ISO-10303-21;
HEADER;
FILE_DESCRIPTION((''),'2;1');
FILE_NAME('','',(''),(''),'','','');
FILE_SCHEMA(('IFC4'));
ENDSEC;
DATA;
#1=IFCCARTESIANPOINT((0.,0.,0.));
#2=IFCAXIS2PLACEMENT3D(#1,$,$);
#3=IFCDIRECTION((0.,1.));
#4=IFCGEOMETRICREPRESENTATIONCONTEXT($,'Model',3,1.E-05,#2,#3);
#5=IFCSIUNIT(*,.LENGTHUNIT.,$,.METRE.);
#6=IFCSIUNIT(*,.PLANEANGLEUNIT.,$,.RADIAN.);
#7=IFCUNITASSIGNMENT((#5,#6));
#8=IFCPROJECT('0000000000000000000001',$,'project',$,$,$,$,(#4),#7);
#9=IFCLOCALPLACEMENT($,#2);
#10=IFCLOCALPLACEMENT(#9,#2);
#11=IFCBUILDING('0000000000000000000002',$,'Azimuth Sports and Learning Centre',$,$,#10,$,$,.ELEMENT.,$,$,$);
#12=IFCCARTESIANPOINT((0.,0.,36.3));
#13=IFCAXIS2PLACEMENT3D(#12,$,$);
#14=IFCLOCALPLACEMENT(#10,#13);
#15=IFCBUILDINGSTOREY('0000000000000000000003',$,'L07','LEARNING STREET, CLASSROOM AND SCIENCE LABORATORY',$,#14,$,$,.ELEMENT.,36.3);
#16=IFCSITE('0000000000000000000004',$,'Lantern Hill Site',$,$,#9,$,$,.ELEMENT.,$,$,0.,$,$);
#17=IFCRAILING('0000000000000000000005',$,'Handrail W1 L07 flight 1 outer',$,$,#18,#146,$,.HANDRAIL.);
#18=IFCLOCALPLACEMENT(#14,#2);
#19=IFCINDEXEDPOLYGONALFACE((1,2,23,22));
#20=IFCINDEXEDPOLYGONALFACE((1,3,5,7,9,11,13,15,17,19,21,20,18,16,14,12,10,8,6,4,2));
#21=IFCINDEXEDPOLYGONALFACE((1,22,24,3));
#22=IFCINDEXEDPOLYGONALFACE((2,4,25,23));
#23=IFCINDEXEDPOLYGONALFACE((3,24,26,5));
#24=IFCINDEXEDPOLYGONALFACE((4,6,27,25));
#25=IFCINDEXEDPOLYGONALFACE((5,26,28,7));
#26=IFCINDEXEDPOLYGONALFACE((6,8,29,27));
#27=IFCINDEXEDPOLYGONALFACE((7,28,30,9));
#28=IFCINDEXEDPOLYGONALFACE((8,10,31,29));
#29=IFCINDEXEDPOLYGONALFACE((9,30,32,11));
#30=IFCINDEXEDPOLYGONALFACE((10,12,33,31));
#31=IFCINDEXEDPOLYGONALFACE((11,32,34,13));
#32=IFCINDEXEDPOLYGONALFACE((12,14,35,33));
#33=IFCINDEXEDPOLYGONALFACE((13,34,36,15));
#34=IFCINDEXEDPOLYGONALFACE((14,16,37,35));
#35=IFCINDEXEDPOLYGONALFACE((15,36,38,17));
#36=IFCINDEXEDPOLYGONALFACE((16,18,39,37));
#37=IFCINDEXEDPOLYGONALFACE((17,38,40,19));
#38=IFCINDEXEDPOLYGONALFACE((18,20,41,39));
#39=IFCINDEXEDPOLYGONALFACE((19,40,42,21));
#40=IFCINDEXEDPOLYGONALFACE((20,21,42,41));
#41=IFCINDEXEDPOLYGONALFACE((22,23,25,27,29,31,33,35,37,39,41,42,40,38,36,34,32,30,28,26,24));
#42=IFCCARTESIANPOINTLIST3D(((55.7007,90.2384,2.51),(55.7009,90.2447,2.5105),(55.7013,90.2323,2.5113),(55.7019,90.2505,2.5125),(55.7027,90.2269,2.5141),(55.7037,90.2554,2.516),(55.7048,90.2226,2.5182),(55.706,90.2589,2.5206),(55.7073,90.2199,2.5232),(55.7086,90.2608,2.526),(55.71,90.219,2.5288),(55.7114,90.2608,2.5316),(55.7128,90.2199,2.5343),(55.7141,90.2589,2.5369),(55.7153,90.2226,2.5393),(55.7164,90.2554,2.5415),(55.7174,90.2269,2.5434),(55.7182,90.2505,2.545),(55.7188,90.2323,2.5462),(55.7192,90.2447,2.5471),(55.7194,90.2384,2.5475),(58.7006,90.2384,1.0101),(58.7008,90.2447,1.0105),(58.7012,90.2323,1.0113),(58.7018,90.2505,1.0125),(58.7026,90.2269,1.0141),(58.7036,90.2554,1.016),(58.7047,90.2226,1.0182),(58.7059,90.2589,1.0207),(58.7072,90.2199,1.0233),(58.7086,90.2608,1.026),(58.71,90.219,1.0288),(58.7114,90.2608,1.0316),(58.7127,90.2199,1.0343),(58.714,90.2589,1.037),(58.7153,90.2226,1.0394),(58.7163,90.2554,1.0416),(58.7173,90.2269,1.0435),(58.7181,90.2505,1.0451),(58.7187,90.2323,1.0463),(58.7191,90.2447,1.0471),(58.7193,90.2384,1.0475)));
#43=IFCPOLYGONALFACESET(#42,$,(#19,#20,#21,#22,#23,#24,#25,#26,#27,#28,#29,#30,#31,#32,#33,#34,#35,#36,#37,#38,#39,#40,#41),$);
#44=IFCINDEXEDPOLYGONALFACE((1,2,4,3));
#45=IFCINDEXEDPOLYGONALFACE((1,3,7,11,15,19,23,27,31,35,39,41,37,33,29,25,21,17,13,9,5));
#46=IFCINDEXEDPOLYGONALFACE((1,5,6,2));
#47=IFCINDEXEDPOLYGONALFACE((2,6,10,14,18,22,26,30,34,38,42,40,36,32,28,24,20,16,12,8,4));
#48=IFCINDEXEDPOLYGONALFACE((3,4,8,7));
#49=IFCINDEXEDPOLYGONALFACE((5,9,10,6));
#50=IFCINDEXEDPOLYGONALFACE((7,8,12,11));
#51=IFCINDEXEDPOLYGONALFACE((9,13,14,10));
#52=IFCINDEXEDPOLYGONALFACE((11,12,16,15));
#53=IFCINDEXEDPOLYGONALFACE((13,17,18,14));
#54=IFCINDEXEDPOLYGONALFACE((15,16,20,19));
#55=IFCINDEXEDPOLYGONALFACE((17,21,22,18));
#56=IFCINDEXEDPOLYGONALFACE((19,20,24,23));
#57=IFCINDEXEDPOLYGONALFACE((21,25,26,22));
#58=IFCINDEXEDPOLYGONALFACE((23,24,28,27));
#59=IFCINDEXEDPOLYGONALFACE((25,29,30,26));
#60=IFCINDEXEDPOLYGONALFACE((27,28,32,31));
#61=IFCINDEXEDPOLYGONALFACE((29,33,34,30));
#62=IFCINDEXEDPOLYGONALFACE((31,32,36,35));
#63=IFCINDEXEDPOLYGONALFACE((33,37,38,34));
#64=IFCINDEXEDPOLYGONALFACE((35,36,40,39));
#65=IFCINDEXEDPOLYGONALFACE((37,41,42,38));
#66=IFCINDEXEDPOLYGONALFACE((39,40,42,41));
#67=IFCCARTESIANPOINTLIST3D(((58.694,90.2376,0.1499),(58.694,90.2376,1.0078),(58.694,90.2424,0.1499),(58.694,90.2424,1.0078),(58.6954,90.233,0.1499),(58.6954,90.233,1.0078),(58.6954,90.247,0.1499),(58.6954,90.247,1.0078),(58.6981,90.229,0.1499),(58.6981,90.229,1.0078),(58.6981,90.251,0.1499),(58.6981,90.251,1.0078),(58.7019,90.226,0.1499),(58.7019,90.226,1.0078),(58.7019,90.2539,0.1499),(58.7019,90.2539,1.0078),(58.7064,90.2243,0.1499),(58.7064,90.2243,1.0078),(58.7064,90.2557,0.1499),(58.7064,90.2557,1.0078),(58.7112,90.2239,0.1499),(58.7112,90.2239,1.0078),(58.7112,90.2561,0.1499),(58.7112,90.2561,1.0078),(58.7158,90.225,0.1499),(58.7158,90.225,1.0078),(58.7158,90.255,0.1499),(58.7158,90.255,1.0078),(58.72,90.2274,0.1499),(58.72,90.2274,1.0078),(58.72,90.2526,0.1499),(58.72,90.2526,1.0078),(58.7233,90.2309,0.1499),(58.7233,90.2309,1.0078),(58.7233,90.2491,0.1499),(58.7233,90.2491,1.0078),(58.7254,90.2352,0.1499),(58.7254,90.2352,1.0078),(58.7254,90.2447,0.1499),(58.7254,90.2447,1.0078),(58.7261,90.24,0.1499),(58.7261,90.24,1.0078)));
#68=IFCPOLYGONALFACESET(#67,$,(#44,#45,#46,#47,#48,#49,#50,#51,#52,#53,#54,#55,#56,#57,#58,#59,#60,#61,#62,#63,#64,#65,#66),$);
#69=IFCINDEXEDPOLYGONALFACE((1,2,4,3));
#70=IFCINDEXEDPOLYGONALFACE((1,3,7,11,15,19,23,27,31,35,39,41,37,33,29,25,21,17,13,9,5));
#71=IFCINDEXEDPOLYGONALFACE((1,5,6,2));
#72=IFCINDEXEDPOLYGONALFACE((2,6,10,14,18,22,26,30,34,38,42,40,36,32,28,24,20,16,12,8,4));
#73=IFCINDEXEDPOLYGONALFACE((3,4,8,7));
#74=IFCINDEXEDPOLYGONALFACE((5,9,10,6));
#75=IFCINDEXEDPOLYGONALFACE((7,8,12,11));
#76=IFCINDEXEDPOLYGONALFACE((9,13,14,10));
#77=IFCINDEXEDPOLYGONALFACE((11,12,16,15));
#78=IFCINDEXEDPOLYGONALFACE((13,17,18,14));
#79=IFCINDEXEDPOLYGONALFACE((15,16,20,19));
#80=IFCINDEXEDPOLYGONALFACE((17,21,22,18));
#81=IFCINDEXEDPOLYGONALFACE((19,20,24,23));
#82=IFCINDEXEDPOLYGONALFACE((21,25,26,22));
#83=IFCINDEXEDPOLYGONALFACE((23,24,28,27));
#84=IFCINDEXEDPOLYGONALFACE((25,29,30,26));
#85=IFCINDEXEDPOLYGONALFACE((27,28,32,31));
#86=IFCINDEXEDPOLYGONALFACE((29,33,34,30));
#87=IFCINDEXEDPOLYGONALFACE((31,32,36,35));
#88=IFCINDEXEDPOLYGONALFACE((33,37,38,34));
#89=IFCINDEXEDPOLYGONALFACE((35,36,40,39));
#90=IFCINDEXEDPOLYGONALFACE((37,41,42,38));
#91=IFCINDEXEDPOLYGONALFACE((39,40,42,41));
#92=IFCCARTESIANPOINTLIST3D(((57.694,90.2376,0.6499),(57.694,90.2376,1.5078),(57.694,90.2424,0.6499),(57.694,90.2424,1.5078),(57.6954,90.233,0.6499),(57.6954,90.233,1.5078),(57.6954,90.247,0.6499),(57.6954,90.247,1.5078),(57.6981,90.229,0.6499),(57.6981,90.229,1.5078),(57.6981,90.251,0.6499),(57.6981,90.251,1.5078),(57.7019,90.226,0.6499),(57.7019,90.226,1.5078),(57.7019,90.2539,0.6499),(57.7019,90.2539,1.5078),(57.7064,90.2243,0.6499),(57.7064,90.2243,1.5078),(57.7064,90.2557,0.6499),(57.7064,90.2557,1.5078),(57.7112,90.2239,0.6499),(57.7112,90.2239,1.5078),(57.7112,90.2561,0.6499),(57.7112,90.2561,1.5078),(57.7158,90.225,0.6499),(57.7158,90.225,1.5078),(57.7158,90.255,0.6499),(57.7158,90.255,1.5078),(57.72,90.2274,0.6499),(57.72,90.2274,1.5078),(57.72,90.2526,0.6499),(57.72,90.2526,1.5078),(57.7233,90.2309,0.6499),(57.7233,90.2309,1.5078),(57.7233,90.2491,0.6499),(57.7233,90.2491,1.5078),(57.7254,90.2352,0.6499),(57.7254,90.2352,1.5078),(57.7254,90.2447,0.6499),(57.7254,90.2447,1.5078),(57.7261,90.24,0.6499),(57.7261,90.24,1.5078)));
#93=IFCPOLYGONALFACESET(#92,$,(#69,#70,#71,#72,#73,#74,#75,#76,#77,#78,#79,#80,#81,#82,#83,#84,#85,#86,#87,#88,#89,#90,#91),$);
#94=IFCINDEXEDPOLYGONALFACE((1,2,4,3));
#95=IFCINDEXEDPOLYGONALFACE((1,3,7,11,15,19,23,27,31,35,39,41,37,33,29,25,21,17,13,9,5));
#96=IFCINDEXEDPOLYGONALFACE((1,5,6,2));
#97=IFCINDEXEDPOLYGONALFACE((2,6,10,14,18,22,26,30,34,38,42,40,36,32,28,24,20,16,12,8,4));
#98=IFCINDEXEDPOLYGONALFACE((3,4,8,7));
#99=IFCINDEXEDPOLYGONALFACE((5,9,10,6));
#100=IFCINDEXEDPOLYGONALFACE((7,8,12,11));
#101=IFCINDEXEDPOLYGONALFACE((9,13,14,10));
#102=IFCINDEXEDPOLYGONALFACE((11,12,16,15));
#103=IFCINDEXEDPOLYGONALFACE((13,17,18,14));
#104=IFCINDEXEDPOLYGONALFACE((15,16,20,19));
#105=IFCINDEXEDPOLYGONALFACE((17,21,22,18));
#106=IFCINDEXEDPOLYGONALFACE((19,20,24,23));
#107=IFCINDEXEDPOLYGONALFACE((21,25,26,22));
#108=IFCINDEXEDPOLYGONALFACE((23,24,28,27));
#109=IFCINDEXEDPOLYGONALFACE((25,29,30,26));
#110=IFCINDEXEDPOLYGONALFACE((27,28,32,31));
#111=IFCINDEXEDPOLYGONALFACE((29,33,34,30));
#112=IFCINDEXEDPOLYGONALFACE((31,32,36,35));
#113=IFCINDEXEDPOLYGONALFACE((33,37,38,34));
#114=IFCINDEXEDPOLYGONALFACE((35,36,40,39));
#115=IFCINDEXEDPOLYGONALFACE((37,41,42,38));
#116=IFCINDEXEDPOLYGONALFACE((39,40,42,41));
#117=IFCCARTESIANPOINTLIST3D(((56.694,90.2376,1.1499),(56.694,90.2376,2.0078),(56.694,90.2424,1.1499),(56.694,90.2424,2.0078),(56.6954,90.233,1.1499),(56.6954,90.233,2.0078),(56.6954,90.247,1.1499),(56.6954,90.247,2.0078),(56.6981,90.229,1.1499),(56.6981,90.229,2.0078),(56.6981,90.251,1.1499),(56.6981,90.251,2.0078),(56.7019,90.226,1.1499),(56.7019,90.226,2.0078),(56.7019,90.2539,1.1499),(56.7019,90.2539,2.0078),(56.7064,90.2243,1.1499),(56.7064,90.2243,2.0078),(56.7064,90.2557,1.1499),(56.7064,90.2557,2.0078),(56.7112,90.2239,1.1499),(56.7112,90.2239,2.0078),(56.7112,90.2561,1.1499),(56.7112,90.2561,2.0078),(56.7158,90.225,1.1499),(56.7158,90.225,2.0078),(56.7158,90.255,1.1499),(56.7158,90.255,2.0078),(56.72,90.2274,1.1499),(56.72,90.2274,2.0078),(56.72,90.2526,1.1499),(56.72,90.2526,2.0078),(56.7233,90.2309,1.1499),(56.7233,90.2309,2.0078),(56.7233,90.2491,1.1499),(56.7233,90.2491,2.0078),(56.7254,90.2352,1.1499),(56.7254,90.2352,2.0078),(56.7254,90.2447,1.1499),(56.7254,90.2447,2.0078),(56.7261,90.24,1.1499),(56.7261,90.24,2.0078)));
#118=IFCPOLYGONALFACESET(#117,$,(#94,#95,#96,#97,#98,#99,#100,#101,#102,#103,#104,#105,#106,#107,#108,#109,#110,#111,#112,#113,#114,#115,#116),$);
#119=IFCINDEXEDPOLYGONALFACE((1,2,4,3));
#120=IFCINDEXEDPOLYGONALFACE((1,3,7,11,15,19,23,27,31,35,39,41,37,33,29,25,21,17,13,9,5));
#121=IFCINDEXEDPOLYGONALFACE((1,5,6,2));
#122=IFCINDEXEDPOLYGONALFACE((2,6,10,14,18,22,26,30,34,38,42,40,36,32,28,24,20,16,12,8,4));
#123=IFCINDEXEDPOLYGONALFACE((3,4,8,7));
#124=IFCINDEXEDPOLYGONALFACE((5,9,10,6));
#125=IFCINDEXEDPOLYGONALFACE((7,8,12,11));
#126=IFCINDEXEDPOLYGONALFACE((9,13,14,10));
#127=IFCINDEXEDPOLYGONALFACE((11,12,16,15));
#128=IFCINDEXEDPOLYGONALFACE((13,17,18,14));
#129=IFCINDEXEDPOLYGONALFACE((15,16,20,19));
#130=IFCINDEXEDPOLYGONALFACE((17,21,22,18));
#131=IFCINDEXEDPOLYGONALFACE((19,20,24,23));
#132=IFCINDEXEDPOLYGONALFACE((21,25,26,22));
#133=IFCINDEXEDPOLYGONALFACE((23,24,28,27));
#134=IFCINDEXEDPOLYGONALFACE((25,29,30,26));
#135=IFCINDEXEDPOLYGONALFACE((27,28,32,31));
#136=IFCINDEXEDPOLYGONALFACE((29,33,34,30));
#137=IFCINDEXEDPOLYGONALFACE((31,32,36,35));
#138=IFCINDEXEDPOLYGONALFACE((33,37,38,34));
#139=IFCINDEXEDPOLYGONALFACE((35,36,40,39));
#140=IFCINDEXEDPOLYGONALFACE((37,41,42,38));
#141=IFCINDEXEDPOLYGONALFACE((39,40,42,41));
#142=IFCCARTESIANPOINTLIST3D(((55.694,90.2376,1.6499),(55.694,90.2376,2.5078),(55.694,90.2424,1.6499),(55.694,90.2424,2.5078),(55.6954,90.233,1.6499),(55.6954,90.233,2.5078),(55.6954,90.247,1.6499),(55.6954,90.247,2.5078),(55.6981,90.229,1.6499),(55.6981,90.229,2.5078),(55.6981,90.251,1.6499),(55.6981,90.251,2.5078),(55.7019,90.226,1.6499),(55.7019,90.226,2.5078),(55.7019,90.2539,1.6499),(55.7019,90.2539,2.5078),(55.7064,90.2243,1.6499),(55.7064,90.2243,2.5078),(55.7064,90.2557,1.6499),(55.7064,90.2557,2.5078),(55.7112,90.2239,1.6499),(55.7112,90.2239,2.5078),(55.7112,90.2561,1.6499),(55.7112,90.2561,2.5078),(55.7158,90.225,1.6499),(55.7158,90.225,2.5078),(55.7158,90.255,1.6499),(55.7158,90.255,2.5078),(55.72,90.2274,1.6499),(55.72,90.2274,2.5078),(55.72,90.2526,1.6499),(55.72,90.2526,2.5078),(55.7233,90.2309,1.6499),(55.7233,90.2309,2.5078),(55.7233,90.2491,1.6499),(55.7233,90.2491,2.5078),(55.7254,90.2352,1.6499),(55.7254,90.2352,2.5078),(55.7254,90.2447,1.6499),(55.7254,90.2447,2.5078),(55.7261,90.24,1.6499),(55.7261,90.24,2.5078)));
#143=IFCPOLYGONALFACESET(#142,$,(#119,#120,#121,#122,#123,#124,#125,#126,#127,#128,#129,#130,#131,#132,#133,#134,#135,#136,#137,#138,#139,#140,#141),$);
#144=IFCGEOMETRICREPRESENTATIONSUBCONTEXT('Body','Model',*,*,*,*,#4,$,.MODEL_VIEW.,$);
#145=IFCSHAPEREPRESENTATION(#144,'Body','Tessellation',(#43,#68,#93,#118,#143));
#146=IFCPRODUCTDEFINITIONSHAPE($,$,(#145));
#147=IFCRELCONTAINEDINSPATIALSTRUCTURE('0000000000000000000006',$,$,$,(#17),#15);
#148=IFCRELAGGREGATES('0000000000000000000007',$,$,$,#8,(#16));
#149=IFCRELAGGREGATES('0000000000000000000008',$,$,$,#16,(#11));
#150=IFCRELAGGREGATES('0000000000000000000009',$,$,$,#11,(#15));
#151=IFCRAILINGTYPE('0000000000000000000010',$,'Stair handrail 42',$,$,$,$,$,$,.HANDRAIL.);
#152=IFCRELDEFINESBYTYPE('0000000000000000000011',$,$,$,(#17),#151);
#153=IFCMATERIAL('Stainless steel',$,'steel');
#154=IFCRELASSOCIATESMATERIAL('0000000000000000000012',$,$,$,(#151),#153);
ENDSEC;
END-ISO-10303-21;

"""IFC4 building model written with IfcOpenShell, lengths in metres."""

from ifc_helpers import new_model, si_unit, direction, frame, origin, origin_2d, place, context, subcontext, project, spatial, circle, extrude, material, type_object, element, save


model = new_model("IFC4")

# Units and contexts
model_context = context("Model", 3, precision=1e-05, world=origin(), true_north=direction((0.0, 1.0)))
body_context = subcontext(model_context, "Body", "Model", "MODEL_VIEW")
ifc_project = project(units=[si_unit("LENGTHUNIT", "METRE"), si_unit("PLANEANGLEUNIT", "RADIAN")], contexts=[model_context])

# Site, building, storey
site_placement = place(None, origin())
site = spatial("IfcSite", under=ifc_project, at=site_placement, Name="Lantern Hill Site", CompositionType="ELEMENT", RefElevation=0.0)
building_placement = place(site_placement, origin())
building = spatial("IfcBuilding", under=site, at=building_placement, Name="Azimuth Sports and Learning Centre", CompositionType="ELEMENT")
storey_placement = place(building_placement, frame((0.0, 0.0, 36.3)))
storey = spatial("IfcBuildingStorey", under=building, at=storey_placement, Name="L07", Description="LEARNING STREET, CLASSROOM AND SCIENCE LABORATORY", CompositionType="ELEMENT", Elevation=36.3)

# Railing
ifc_material_1 = material(Name="Stainless steel", Category="steel")
railing_type_1 = type_object("IfcRailingType", Name="Stair handrail 42", PredefinedType="HANDRAIL", material=ifc_material_1)
for number, where, name in (
    (1, (58.71, 90.24, 0.1499), "Handrail W1 L07 flight 1 outer"),
):
    element("IfcRailing", number, at=place(storey_placement, frame(where)), inside=storey, type_object=railing_type_1, Name=name, PredefinedType="HANDRAIL", context=body_context, shape_type="SweptSolid", body=[
        extrude(circle(Radius=0.021, at=origin_2d()), frame((0.0, 0.0, 0.8789), z_axis=(-0.894427, 0.0, 0.447214), x_axis=(0.0, -1.0, 0.0)), (0.0, 0.0, 1.0), 3.354),
        extrude(circle(Radius=0.0161, at=origin_2d()), origin(), (0.0, 0.0, 1.0), 0.8579),
        extrude(circle(Radius=0.0161, at=origin_2d()), frame((-1.0, 0.0, 0.5)), (0.0, 0.0, 1.0), 0.8579),
        extrude(circle(Radius=0.0161, at=origin_2d()), frame((-2.0, 0.0, 1.0)), (0.0, 0.0, 1.0), 0.8579),
        extrude(circle(Radius=0.0161, at=origin_2d()), frame((-3.0, 0.0, 1.5)), (0.0, 0.0, 1.0), 0.8579),
    ])

save(model, "model.ifc")
